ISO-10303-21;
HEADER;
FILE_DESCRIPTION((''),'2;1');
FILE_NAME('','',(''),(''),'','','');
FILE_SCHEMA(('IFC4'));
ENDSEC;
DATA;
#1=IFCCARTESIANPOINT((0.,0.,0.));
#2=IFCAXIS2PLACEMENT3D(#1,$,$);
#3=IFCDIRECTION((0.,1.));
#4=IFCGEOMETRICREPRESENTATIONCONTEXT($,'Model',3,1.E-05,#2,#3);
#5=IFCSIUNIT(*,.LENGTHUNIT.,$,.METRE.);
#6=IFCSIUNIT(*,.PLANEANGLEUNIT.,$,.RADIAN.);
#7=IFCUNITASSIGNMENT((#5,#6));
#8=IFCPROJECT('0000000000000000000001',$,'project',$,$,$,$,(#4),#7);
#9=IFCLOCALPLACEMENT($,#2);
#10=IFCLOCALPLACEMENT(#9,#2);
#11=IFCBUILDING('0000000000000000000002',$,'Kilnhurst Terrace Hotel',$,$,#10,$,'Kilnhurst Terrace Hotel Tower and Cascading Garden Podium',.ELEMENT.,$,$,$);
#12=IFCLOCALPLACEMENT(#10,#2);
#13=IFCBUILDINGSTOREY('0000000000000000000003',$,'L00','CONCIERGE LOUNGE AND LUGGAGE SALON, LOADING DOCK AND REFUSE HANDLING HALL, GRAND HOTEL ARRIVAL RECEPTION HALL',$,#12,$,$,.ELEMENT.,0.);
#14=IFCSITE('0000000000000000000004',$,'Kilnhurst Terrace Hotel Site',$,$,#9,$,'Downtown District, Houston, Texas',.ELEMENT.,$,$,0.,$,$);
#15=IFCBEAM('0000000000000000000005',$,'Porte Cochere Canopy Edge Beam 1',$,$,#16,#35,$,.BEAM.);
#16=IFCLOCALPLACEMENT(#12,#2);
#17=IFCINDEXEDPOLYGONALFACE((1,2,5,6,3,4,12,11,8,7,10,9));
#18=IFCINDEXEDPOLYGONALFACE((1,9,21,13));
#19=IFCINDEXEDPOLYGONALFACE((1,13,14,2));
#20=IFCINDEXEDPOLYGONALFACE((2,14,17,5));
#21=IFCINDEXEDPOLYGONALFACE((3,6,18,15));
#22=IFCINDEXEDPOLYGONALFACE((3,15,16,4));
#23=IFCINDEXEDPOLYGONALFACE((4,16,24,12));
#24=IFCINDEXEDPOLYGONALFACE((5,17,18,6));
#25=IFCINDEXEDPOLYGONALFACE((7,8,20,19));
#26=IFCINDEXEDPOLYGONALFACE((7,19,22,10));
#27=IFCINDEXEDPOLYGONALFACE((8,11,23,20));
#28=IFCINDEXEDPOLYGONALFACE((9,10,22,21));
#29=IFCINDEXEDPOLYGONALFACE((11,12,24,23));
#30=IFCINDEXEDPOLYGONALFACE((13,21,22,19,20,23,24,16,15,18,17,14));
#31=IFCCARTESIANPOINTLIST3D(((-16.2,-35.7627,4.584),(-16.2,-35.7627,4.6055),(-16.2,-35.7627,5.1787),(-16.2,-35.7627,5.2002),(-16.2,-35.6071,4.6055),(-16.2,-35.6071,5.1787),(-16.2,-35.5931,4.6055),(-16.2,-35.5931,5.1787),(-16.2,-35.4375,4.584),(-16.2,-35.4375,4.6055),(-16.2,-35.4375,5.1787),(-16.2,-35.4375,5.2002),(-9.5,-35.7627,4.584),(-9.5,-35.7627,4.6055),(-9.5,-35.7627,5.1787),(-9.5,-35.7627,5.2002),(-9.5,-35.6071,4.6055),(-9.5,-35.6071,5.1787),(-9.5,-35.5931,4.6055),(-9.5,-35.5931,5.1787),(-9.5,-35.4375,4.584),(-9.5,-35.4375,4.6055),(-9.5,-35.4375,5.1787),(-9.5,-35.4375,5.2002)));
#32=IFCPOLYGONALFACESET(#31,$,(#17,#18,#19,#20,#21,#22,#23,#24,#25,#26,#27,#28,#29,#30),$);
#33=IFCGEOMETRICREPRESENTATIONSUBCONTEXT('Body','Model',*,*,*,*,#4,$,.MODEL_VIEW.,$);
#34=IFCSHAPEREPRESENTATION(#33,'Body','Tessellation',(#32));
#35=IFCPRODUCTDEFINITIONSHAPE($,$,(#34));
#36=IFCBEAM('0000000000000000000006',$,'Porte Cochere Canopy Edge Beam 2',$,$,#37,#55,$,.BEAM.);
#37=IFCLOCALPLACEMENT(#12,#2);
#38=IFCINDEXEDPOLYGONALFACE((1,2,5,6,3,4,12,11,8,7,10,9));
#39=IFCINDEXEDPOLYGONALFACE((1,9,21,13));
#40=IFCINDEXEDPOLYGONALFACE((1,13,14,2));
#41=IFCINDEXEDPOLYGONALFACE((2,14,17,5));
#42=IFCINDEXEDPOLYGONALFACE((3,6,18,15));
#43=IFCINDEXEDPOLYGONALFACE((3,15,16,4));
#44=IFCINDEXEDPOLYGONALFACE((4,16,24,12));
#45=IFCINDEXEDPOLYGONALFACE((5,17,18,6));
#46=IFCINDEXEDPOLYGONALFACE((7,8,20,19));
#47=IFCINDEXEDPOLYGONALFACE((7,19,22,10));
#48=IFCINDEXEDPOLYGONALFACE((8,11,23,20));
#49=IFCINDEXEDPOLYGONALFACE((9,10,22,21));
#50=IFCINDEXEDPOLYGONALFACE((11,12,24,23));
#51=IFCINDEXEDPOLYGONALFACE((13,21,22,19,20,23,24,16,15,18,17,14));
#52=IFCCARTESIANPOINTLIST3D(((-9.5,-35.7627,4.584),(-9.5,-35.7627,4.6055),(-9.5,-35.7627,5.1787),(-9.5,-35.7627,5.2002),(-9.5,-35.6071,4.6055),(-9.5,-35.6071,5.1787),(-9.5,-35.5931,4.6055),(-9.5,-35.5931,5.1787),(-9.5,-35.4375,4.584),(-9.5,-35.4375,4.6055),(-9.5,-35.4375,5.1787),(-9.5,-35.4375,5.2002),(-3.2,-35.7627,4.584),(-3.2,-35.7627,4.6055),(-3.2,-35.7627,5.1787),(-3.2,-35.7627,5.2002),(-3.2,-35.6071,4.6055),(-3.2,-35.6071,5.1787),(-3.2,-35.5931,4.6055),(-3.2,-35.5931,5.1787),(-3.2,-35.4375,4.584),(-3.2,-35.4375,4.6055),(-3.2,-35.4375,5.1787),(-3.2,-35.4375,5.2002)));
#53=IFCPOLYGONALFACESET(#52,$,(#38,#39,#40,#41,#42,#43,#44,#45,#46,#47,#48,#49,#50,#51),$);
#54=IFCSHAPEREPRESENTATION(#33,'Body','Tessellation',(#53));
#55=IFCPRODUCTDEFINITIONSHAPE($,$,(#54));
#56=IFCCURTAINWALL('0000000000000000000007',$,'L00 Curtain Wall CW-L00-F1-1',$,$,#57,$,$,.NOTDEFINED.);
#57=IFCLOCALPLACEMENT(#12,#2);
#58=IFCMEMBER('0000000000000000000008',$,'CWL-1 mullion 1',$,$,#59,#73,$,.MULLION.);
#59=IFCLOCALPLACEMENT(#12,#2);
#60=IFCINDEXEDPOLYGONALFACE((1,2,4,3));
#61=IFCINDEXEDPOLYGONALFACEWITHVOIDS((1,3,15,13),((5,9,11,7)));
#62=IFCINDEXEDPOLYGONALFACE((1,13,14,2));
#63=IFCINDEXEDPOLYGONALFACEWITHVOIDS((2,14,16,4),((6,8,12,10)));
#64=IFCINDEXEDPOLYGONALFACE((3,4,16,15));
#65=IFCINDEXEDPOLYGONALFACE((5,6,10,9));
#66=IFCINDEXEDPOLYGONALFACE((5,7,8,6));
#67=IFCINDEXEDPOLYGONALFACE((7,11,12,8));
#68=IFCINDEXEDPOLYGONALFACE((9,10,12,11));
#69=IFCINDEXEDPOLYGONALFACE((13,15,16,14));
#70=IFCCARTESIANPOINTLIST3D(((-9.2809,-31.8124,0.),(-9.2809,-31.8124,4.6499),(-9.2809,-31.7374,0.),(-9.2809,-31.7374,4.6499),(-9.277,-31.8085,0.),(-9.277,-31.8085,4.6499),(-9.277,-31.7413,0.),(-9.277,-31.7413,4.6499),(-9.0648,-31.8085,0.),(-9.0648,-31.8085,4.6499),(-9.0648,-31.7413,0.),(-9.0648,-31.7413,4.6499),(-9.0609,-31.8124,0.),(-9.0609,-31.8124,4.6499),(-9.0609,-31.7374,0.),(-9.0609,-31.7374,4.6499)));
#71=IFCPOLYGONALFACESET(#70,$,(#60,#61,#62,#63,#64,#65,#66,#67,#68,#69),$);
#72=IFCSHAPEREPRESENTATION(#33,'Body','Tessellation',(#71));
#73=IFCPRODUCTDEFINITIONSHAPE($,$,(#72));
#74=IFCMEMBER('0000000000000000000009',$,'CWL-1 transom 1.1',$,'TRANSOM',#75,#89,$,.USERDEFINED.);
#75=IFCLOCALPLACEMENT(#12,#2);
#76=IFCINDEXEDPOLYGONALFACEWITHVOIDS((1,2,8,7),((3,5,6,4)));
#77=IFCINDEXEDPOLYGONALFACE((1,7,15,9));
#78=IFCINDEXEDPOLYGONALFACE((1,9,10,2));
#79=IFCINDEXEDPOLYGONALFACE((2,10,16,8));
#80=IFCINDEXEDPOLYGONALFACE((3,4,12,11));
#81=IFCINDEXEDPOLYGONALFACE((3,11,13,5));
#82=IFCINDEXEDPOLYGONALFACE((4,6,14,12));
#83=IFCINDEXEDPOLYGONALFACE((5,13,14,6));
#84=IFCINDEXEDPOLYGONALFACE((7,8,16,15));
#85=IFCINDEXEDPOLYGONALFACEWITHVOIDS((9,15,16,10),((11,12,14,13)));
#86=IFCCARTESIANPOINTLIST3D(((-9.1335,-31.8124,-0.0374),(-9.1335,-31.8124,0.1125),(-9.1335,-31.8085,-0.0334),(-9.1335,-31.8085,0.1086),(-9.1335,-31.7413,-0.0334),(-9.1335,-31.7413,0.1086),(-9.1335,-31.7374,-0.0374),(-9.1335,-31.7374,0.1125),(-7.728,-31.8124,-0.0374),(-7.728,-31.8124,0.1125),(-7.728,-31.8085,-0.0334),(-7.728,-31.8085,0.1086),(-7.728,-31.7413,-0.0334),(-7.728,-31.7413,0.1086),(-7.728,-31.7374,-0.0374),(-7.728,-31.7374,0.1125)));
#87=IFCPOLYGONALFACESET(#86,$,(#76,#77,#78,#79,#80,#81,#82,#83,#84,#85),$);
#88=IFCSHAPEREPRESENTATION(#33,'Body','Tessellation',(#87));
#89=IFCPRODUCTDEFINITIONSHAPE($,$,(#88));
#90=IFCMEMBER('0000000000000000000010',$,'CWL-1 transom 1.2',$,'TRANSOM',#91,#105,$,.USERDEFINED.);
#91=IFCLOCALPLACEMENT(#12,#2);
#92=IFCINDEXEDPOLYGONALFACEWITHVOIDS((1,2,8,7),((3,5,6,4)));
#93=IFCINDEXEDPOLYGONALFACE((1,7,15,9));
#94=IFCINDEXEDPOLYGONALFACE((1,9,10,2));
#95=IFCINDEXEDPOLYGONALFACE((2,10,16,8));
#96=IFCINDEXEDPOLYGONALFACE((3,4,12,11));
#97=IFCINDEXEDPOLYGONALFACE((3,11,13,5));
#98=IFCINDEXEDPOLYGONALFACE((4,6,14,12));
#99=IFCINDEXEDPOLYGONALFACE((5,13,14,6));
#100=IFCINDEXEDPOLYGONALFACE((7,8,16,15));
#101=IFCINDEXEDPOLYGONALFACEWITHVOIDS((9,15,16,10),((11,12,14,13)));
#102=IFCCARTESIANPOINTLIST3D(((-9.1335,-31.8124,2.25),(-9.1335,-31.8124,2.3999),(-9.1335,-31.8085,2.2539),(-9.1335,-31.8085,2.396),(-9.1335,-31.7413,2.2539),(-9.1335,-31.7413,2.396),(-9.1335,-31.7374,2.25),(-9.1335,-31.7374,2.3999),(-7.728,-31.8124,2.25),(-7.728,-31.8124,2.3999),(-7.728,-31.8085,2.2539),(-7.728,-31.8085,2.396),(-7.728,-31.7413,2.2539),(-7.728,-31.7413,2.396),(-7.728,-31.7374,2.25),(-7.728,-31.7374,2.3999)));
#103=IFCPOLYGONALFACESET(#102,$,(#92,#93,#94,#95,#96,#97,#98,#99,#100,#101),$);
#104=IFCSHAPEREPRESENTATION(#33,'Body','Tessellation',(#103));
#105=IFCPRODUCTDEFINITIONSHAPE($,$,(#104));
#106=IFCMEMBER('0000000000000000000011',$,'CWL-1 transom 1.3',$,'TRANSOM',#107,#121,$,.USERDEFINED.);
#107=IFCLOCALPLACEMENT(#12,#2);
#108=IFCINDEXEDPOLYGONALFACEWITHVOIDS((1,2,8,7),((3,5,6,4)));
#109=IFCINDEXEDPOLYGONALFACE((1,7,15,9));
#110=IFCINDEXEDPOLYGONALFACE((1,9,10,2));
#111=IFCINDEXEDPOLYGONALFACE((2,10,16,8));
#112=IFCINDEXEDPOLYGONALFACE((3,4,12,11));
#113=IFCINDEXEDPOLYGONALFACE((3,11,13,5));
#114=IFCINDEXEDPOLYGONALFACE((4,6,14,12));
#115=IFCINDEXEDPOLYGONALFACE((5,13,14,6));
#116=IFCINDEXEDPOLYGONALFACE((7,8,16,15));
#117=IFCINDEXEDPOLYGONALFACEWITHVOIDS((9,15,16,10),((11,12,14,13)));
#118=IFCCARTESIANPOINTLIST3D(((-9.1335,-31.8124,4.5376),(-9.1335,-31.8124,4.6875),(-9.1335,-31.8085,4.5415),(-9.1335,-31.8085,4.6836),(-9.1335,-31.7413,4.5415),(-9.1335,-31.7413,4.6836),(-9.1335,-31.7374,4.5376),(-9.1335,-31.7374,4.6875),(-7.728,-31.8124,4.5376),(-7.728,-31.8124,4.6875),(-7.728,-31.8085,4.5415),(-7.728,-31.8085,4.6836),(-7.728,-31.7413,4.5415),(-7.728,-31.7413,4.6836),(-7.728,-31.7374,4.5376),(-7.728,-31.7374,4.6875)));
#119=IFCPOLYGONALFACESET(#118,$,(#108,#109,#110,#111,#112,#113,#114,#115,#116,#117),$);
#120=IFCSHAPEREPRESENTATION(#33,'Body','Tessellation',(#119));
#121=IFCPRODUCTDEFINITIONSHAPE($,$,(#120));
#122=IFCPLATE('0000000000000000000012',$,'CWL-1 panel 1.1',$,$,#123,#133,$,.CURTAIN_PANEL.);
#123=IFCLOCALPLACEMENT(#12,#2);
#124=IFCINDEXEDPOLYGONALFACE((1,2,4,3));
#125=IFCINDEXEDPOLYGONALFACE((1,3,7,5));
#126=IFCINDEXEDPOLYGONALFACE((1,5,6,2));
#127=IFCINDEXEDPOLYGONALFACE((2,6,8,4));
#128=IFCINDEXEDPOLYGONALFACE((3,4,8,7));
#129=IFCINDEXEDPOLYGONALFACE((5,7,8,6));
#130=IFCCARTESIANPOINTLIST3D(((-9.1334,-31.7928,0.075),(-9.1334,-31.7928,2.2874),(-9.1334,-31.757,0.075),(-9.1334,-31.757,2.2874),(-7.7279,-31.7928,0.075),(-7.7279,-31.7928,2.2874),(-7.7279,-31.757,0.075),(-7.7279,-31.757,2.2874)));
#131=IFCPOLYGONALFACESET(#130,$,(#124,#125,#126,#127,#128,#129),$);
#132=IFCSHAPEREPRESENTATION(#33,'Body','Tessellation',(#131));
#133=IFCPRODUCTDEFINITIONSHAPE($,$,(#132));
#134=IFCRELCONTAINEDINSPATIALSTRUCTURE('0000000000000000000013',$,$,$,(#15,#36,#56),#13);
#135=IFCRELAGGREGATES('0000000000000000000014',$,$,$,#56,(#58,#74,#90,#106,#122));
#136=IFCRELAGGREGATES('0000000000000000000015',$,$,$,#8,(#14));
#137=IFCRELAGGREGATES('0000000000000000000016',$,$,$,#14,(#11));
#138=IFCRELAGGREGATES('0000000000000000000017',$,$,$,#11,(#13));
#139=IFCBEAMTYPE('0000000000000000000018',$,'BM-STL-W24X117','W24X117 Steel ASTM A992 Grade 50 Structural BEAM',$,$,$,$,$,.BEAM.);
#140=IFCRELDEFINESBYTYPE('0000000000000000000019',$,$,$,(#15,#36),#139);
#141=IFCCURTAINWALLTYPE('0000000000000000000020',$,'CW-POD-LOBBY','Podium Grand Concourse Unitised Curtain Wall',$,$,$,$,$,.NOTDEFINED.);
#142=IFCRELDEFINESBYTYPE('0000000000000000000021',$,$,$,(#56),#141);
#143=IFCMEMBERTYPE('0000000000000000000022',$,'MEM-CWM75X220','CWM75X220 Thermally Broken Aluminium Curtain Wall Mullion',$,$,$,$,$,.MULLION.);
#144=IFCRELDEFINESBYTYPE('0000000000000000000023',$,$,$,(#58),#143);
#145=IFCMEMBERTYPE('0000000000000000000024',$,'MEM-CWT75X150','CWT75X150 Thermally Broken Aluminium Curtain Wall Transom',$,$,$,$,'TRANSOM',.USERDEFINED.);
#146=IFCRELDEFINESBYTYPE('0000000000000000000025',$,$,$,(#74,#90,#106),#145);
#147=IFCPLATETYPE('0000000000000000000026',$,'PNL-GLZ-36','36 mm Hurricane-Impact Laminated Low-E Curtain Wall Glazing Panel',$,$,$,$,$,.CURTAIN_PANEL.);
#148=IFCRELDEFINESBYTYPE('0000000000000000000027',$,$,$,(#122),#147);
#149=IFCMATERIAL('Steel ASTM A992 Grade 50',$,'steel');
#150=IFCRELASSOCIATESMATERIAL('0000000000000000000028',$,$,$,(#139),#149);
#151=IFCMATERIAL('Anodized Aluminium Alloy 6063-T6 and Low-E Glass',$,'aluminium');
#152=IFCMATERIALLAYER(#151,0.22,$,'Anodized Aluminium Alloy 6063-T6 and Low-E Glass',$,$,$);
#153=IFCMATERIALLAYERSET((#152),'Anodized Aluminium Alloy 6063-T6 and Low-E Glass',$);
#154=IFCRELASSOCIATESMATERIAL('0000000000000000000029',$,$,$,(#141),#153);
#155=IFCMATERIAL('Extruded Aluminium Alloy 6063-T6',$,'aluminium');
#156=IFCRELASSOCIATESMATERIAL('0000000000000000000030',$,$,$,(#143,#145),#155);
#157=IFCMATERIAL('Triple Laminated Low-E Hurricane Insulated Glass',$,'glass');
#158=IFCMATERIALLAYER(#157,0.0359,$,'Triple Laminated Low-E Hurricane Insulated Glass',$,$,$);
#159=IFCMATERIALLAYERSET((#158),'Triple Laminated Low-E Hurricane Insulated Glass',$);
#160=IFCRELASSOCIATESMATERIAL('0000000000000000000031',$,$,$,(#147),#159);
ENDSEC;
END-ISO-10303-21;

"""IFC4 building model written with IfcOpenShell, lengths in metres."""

from ifc_helpers import new_model, si_unit, direction, frame, origin, origin_2d, place, context, subcontext, project, spatial, rectangle, hollow_rectangle, i_section, extrude, material, layer, layer_set, material_profile, profile_set, type_object, element, aggregate, save


model = new_model("IFC4")

# Units and contexts
model_context = context("Model", 3, precision=1e-05, world=origin(), true_north=direction((0.0, 1.0)))
body_context = subcontext(model_context, "Body", "Model", "MODEL_VIEW")
ifc_project = project(units=[si_unit("LENGTHUNIT", "METRE"), si_unit("PLANEANGLEUNIT", "RADIAN")], contexts=[model_context])

# Site, building, storey
site_placement = place(None, origin())
site = spatial("IfcSite", under=ifc_project, at=site_placement, Name="Kilnhurst Terrace Hotel Site", LongName="Downtown District, Houston, Texas", CompositionType="ELEMENT", RefElevation=0.0)
building_placement = place(site_placement, origin())
building = spatial("IfcBuilding", under=site, at=building_placement, Name="Kilnhurst Terrace Hotel", LongName="Kilnhurst Terrace Hotel Tower and Cascading Garden Podium", CompositionType="ELEMENT")
storey_placement = place(building_placement, origin())
storey = spatial("IfcBuildingStorey", under=building, at=storey_placement, Name="L00", Description="CONCIERGE LOUNGE AND LUGGAGE SALON, LOADING DOCK AND REFUSE HANDLING HALL, GRAND HOTEL ARRIVAL RECEPTION HALL", CompositionType="ELEMENT", Elevation=0.0)

# Beams
ifc_material_1 = material(Name="Steel ASTM A992 Grade 50", Category="steel")
ifc_material_profile_1 = material_profile(ifc_material_1, i_section(OverallWidth=0.3252, OverallDepth=0.6162, WebThickness=0.0139, FlangeThickness=0.0215, at=origin_2d()), Name="W24X117")
ifc_profile_set_1 = profile_set([ifc_material_profile_1], Name="Steel ASTM A992 Grade 50")
beam_type = type_object("IfcBeamType", Name="BM-STL-W24X117", Description="W24X117 Steel ASTM A992 Grade 50 Structural BEAM", PredefinedType="BEAM", material=ifc_profile_set_1)
beam_1_placement = place(storey_placement, frame((-16.2, -35.6001, 4.8921), z_axis=(1.0, 0.0, 0.0), x_axis=(0.0, 1.0, 0.0)))
element("IfcBeam", 1, at=beam_1_placement, inside=storey, type_object=beam_type, Name="Porte Cochere Canopy Edge Beam 1", PredefinedType="BEAM", context=body_context, shape_type="SweptSolid", body=[
    extrude(i_section(OverallWidth=0.3252, OverallDepth=0.6162, WebThickness=0.0139, FlangeThickness=0.0215, at=origin_2d()), origin(), (0.0, 0.0, 1.0), 6.7),
])
beam_2_placement = place(storey_placement, frame((-9.5, -35.6001, 4.8921), z_axis=(1.0, 0.0, 0.0), x_axis=(0.0, 1.0, 0.0)))
element("IfcBeam", 2, at=beam_2_placement, inside=storey, type_object=beam_type, Name="Porte Cochere Canopy Edge Beam 2", PredefinedType="BEAM", context=body_context, shape_type="SweptSolid", body=[
    extrude(i_section(OverallWidth=0.3252, OverallDepth=0.6162, WebThickness=0.0139, FlangeThickness=0.0215, at=origin_2d()), origin(), (0.0, 0.0, 1.0), 6.3),
])

# Curtain wall, members, plate
ifc_material_2 = material(Name="Anodized Aluminium Alloy 6063-T6 and Low-E Glass", Category="aluminium")
ifc_layer_1 = layer(ifc_material_2, 0.22, Name="Anodized Aluminium Alloy 6063-T6 and Low-E Glass")
ifc_layer_set_1 = layer_set([ifc_layer_1], Name="Anodized Aluminium Alloy 6063-T6 and Low-E Glass")
curtain_wall_type = type_object("IfcCurtainWallType", Name="CW-POD-LOBBY", Description="Podium Grand Concourse Unitised Curtain Wall", PredefinedType="NOTDEFINED", material=ifc_layer_set_1)
curtain_wall_placement = place(storey_placement, origin())
curtain_wall = element("IfcCurtainWall", 3, at=curtain_wall_placement, inside=storey, type_object=curtain_wall_type, Name="L00 Curtain Wall CW-L00-F1-1", PredefinedType="NOTDEFINED")
ifc_material_3 = material(Name="Extruded Aluminium Alloy 6063-T6", Category="aluminium")
ifc_material_profile_2 = material_profile(ifc_material_3, hollow_rectangle(XDim=0.075, YDim=0.22, WallThickness=0.0039, at=origin_2d()), Name="CWM75X220")
ifc_profile_set_2 = profile_set([ifc_material_profile_2], Name="Extruded Aluminium Alloy 6063-T6")
member_type_1 = type_object("IfcMemberType", Name="MEM-CWM75X220", Description="CWM75X220 Thermally Broken Aluminium Curtain Wall Mullion", PredefinedType="MULLION", material=ifc_profile_set_2)
member_1_placement = place(storey_placement, frame((-9.1709, -31.7749, 0.0), z_axis=(0.0, 0.0, 1.0), x_axis=(0.0, 1.0, 0.0)))
member_1 = element("IfcMember", 4, at=member_1_placement, type_object=member_type_1, Name="CWL-1 mullion 1", PredefinedType="MULLION", context=body_context, shape_type="SweptSolid", body=[
    extrude(hollow_rectangle(XDim=0.075, YDim=0.22, WallThickness=0.0039, at=origin_2d()), origin(), (0.0, 0.0, 1.0), 4.6499),
])
ifc_material_profile_3 = material_profile(ifc_material_3, hollow_rectangle(XDim=0.075, YDim=0.1499, WallThickness=0.0039, at=origin_2d()), Name="CWT75X150")
ifc_profile_set_3 = profile_set([ifc_material_profile_3], Name="Extruded Aluminium Alloy 6063-T6")
member_type_2 = type_object("IfcMemberType", Name="MEM-CWT75X150", Description="CWT75X150 Thermally Broken Aluminium Curtain Wall Transom", ElementType="TRANSOM", PredefinedType="USERDEFINED", material=ifc_profile_set_3)
member_2_placement = place(storey_placement, frame((-9.1335, -31.7749, 0.0376), z_axis=(1.0, 0.0, 0.0), x_axis=(0.0, 1.0, 0.0)))
member_2 = element("IfcMember", 5, at=member_2_placement, type_object=member_type_2, Name="CWL-1 transom 1.1", ObjectType="TRANSOM", PredefinedType="USERDEFINED", context=body_context, shape_type="SweptSolid", body=[
    extrude(hollow_rectangle(XDim=0.075, YDim=0.1499, WallThickness=0.0039, at=origin_2d()), origin(), (0.0, 0.0, 1.0), 1.4055),
])
member_3_placement = place(storey_placement, frame((-9.1335, -31.7749, 2.325), z_axis=(1.0, 0.0, 0.0), x_axis=(0.0, 1.0, 0.0)))
member_3 = element("IfcMember", 6, at=member_3_placement, type_object=member_type_2, Name="CWL-1 transom 1.2", ObjectType="TRANSOM", PredefinedType="USERDEFINED", context=body_context, shape_type="SweptSolid", body=[
    extrude(hollow_rectangle(XDim=0.075, YDim=0.1499, WallThickness=0.0039, at=origin_2d()), origin(), (0.0, 0.0, 1.0), 1.4055),
])
member_4_placement = place(storey_placement, frame((-9.1335, -31.7749, 4.6125), z_axis=(1.0, 0.0, 0.0), x_axis=(0.0, 1.0, 0.0)))
member_4 = element("IfcMember", 7, at=member_4_placement, type_object=member_type_2, Name="CWL-1 transom 1.3", ObjectType="TRANSOM", PredefinedType="USERDEFINED", context=body_context, shape_type="SweptSolid", body=[
    extrude(hollow_rectangle(XDim=0.075, YDim=0.1499, WallThickness=0.0039, at=origin_2d()), origin(), (0.0, 0.0, 1.0), 1.4055),
])
ifc_material_4 = material(Name="Triple Laminated Low-E Hurricane Insulated Glass", Category="glass")
ifc_layer_2 = layer(ifc_material_4, 0.0359, Name="Triple Laminated Low-E Hurricane Insulated Glass")
ifc_layer_set_2 = layer_set([ifc_layer_2], Name="Triple Laminated Low-E Hurricane Insulated Glass")
plate_type = type_object("IfcPlateType", Name="PNL-GLZ-36", Description="36 mm Hurricane-Impact Laminated Low-E Curtain Wall Glazing Panel", PredefinedType="CURTAIN_PANEL", material=ifc_layer_set_2)
plate_placement = place(storey_placement, frame((-8.4307, -31.7749, 0.075), z_axis=(0.0, 0.0, 1.0), x_axis=(1.0, 0.0, 0.0)))
plate = element("IfcPlate", 8, at=plate_placement, type_object=plate_type, Name="CWL-1 panel 1.1", PredefinedType="CURTAIN_PANEL", context=body_context, shape_type="SweptSolid", body=[
    extrude(rectangle(XDim=1.4055, YDim=0.0359, at=origin_2d()), origin(), (0.0, 0.0, 1.0), 2.2124),
])
aggregate(curtain_wall, [member_1, member_2, member_3, member_4, plate])

save(model, "model.ifc")
